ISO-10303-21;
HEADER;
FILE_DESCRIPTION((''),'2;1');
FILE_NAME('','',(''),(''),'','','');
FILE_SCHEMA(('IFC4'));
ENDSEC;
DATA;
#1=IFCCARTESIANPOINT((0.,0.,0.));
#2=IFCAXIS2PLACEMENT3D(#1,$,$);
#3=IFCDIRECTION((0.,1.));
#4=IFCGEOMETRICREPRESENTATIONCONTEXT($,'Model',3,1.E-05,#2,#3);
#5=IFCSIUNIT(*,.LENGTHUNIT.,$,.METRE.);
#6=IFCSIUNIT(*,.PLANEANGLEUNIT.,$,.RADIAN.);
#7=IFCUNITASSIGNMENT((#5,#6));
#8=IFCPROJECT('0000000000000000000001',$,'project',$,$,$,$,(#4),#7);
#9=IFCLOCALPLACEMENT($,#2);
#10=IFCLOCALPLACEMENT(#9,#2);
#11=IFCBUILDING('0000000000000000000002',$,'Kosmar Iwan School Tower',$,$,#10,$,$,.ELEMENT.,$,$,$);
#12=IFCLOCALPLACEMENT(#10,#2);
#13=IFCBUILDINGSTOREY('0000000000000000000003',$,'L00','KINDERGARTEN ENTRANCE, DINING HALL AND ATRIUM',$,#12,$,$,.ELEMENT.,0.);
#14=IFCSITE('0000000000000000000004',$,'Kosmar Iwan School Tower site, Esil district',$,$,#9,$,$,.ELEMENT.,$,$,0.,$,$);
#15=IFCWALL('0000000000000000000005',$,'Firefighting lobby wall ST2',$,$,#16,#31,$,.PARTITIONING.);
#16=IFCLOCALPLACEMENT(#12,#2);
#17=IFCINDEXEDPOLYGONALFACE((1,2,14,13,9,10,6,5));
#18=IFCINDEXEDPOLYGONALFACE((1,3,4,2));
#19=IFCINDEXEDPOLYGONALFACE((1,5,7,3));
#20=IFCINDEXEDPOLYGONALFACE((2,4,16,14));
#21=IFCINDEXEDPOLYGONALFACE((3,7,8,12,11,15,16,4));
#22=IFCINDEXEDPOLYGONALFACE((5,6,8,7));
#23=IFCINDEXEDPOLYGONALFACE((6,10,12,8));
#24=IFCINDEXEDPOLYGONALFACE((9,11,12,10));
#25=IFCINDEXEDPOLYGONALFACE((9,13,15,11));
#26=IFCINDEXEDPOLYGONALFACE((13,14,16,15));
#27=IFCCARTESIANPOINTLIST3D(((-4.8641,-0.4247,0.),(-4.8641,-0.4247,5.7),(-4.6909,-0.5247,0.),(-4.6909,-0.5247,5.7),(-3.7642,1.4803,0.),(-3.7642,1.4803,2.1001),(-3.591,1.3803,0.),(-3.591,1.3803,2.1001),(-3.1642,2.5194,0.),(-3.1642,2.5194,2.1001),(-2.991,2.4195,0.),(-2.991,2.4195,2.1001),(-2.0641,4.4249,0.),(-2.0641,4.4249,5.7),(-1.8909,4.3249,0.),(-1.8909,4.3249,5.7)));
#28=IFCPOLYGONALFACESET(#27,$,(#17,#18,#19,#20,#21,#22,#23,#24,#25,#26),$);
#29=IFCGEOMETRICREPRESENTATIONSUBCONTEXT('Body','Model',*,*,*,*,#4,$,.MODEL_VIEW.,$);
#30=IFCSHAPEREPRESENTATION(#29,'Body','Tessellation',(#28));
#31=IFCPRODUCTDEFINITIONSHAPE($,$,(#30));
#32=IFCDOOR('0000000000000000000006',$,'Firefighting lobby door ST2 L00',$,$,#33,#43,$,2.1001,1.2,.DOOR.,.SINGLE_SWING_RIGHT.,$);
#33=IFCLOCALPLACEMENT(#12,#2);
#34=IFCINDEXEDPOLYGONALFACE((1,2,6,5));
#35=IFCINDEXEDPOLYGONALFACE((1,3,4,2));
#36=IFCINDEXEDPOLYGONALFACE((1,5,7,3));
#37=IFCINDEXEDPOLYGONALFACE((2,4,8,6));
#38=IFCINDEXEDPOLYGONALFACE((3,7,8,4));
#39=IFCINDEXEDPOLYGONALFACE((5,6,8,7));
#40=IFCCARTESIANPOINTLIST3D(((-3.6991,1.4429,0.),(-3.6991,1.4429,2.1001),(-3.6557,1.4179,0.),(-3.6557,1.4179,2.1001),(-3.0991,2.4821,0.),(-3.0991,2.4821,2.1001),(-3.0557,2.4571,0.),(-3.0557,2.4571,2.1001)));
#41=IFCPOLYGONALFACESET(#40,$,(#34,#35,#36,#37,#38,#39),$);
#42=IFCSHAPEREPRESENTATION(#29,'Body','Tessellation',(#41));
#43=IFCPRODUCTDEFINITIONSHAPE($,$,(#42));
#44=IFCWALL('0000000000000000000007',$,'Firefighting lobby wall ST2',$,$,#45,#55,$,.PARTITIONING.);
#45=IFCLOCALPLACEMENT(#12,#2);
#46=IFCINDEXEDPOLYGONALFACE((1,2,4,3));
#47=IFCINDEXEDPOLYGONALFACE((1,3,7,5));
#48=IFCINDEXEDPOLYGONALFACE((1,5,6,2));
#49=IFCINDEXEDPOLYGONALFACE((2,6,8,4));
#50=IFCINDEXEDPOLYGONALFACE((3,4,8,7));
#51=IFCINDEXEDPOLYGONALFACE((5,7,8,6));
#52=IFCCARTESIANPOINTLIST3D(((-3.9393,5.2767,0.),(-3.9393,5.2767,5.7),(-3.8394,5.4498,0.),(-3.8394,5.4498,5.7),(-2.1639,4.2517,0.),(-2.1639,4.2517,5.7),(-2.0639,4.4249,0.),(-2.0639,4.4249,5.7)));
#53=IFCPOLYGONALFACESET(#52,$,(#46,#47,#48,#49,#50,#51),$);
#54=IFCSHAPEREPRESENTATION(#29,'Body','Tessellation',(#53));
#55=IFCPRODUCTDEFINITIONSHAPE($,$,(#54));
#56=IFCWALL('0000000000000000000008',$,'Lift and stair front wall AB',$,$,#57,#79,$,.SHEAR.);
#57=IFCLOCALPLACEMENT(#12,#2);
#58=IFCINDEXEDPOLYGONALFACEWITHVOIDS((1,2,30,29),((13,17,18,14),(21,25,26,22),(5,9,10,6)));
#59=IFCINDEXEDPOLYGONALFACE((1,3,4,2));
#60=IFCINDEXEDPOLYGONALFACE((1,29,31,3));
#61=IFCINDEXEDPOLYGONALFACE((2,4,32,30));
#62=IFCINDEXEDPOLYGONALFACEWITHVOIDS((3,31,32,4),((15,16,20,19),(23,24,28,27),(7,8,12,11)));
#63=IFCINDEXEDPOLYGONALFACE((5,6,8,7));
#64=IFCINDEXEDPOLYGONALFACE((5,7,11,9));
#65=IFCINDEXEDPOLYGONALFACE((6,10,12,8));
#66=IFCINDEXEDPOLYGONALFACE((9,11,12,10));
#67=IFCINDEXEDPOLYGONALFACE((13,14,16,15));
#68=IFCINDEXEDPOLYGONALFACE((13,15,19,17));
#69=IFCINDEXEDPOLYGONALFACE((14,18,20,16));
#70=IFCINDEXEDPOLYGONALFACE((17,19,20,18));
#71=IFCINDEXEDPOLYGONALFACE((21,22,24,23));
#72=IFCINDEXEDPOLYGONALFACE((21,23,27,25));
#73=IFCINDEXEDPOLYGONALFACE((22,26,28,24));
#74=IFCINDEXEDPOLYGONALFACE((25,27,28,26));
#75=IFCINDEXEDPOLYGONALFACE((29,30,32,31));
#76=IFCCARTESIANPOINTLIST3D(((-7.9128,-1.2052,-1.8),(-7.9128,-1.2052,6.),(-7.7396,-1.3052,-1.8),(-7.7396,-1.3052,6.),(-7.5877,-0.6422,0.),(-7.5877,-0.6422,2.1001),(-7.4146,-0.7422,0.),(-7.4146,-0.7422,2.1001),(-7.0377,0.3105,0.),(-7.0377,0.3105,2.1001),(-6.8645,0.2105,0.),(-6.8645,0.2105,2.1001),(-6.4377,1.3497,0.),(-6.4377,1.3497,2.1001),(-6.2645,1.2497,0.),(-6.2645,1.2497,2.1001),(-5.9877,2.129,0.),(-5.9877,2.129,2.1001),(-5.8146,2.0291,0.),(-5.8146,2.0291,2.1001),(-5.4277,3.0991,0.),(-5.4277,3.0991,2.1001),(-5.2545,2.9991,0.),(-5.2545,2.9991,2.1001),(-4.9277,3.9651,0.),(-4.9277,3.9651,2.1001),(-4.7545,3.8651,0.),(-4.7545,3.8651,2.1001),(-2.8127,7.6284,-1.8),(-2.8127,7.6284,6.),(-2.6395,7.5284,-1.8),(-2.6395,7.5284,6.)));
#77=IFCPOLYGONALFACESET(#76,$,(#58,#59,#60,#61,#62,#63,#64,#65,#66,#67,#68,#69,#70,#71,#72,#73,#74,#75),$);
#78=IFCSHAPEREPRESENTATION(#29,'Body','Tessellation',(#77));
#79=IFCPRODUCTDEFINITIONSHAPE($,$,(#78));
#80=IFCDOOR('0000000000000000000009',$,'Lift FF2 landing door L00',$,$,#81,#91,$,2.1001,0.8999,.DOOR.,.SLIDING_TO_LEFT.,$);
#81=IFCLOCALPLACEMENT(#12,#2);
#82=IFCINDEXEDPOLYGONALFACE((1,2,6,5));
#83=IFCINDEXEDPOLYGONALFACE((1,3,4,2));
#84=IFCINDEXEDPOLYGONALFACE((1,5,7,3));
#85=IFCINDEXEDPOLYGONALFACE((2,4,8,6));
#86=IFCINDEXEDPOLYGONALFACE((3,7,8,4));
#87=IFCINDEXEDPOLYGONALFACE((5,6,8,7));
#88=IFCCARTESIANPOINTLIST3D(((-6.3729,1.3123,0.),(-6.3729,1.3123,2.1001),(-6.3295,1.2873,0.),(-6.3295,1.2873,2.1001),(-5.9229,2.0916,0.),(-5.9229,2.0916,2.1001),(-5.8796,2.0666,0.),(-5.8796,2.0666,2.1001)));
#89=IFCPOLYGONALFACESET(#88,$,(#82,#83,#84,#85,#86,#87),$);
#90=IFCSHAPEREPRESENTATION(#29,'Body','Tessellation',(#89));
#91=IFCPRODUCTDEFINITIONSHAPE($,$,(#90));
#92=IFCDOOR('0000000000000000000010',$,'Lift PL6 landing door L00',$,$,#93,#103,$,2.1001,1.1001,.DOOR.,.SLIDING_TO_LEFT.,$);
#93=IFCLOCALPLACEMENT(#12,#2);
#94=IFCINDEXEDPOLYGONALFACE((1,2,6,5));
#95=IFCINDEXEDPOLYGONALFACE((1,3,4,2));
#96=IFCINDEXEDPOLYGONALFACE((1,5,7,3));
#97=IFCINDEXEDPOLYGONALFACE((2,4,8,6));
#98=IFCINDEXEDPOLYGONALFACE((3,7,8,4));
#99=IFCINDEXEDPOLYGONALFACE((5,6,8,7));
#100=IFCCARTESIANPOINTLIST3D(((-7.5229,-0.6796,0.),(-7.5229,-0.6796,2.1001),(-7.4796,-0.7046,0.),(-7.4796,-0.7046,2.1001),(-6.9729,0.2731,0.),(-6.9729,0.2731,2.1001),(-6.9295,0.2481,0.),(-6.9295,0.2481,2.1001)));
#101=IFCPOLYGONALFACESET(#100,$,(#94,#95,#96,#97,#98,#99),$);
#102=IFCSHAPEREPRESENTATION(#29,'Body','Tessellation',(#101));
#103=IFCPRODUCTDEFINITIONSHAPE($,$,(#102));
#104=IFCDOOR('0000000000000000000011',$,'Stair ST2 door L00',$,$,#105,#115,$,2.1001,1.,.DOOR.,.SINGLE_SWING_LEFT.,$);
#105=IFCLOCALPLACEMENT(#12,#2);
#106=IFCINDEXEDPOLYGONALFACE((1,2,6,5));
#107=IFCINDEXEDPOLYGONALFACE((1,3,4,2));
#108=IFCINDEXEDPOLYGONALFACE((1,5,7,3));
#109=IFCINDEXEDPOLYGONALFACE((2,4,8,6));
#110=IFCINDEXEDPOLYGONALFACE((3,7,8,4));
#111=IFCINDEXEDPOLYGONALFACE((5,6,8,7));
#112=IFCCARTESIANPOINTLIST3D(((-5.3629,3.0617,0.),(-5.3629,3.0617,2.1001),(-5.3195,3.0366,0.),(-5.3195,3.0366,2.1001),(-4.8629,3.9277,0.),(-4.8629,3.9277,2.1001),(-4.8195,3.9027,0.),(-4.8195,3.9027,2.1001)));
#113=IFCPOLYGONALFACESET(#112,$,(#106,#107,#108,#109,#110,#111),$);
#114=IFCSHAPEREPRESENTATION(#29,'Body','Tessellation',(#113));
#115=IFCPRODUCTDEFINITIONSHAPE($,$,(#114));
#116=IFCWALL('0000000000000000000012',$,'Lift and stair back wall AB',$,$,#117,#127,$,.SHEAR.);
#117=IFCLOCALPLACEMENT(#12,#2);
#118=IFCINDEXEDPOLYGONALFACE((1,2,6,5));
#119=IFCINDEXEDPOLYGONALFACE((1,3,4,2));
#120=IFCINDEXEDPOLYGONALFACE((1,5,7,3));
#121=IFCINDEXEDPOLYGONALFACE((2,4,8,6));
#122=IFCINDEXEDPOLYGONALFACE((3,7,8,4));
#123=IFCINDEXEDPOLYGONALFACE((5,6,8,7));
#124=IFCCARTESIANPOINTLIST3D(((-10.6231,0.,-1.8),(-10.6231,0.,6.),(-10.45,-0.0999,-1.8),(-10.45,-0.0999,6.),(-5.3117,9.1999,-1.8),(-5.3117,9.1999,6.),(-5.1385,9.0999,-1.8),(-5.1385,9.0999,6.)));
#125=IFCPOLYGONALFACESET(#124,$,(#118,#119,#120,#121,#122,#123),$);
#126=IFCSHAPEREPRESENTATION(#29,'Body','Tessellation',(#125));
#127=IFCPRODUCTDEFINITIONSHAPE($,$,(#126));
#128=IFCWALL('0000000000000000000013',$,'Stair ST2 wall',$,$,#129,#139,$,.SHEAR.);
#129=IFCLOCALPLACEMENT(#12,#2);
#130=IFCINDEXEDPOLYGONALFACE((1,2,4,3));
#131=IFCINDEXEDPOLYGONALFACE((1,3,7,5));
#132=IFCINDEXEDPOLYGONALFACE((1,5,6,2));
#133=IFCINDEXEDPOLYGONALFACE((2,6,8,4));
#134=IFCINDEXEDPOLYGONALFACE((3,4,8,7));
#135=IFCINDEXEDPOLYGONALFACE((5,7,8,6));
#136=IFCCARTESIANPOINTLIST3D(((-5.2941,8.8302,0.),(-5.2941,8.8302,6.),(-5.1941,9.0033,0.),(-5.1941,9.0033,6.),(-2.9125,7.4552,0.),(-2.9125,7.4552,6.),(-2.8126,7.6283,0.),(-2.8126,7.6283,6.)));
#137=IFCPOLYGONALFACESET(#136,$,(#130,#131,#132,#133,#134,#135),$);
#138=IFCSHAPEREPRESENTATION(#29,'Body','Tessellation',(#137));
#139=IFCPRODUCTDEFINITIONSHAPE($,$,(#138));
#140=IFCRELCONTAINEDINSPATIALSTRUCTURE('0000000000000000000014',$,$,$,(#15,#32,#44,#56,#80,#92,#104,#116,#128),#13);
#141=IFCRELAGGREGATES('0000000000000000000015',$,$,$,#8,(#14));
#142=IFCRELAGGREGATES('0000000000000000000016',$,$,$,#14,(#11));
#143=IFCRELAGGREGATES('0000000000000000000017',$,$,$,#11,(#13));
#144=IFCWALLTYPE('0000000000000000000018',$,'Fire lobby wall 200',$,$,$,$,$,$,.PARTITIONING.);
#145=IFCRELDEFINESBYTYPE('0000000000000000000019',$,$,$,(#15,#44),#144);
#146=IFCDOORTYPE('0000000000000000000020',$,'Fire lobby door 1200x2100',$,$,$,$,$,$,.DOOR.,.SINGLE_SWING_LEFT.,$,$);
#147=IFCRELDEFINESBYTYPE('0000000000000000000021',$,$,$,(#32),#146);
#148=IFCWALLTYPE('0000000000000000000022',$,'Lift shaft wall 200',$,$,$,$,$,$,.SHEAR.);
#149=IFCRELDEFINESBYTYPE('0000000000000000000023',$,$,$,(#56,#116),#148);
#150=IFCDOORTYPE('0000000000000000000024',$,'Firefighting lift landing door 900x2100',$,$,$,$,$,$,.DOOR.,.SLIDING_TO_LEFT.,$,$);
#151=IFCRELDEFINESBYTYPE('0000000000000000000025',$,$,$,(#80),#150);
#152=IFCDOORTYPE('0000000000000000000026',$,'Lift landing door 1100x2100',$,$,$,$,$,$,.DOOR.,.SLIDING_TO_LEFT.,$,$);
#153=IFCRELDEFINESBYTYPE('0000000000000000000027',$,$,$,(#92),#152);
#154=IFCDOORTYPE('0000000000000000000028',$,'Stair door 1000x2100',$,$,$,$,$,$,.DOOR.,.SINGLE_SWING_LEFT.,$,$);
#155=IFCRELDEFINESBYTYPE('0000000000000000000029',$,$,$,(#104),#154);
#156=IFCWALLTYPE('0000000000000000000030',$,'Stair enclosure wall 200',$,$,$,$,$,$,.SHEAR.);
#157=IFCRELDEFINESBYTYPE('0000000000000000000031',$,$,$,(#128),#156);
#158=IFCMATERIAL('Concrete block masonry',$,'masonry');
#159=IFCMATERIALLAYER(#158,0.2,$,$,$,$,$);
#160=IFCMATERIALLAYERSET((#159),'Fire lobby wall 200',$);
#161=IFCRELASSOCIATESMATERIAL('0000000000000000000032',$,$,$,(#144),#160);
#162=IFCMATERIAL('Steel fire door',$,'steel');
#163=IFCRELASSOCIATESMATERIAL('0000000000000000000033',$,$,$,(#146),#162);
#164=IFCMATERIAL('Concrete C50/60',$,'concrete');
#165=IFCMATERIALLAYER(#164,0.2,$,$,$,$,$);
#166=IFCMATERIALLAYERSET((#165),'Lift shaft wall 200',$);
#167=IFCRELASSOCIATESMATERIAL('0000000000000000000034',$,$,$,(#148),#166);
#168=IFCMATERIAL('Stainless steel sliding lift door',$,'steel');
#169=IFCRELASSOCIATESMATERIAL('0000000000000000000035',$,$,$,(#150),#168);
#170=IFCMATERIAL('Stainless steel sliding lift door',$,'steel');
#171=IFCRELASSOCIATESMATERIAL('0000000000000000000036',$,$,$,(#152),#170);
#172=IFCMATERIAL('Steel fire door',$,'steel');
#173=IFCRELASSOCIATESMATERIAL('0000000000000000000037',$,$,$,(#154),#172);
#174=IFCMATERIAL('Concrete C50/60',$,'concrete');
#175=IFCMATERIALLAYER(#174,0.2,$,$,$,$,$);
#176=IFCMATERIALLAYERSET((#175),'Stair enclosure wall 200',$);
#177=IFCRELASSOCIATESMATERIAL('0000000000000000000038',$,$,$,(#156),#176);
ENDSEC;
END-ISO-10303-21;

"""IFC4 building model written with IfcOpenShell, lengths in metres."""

from ifc_helpers import new_model, si_unit, direction, frame, frame_2d, origin, place, context, subcontext, project, spatial, rectangle, extrude, material, layer, layer_set, type_object, element, fill, save


model = new_model("IFC4")

# Units and contexts
model_context = context("Model", 3, precision=1e-05, world=origin(), true_north=direction((0.0, 1.0)))
body_context = subcontext(model_context, "Body", "Model", "MODEL_VIEW")
ifc_project = project(units=[si_unit("LENGTHUNIT", "METRE"), si_unit("PLANEANGLEUNIT", "RADIAN")], contexts=[model_context])

# Site, building, storey
site_placement = place(None, origin())
site = spatial("IfcSite", under=ifc_project, at=site_placement, Name="Kosmar Iwan School Tower site, Esil district", CompositionType="ELEMENT", RefElevation=0.0)
building_placement = place(site_placement, origin())
building = spatial("IfcBuilding", under=site, at=building_placement, Name="Kosmar Iwan School Tower", CompositionType="ELEMENT")
storey_placement = place(building_placement, origin())
storey = spatial("IfcBuildingStorey", under=building, at=storey_placement, Name="L00", Description="KINDERGARTEN ENTRANCE, DINING HALL AND ATRIUM", CompositionType="ELEMENT", Elevation=0.0)

# Wall, opening, door
ifc_material_1 = material(Name="Concrete block masonry", Category="masonry")
ifc_layer_1 = layer(ifc_material_1, 0.2)
ifc_layer_set_1 = layer_set([ifc_layer_1], Name="Fire lobby wall 200")
wall_type_1 = type_object("IfcWallType", Name="Fire lobby wall 200", PredefinedType="PARTITIONING", material=ifc_layer_set_1)
wall_1_placement = place(storey_placement, frame((-1.9775, 4.3748, 0.0), z_axis=(0.0, 0.0, 1.0), x_axis=(-0.500017, -0.866016, 0.0)))
wall_1 = element("IfcWall", 1, at=wall_1_placement, inside=storey, type_object=wall_type_1, Name="Firefighting lobby wall ST2", PredefinedType="PARTITIONING", context=body_context, shape_type="SweptSolid", body=[
    extrude(rectangle(XDim=5.5999, YDim=0.2, at=frame_2d((2.7998, 0.0))), origin(), (0.0, 0.0, 1.0), 5.7),
])
opening_1_placement = place(wall_1_placement, frame((2.2, 0.0, 0.0)))
opening_1 = element("IfcOpeningElement", 2, at=opening_1_placement, cuts=wall_1, PredefinedType="OPENING", context=body_context, shape_type="SweptSolid", body=[
    extrude(rectangle(XDim=1.2, YDim=2.1001, at=frame_2d((0.6001, 1.05))), frame((0.0, 0.1121, 0.0), z_axis=(0.0, -1.0, 0.0), x_axis=(1.0, 0.0, 0.0)), (0.0, 0.0, 1.0), 0.2239),
])
ifc_material_2 = material(Name="Steel fire door", Category="steel")
door_type_1 = type_object("IfcDoorType", Name="Fire lobby door 1200x2100", OperationType="SINGLE_SWING_LEFT", PredefinedType="DOOR", material=ifc_material_2)
door_1_placement = place(opening_1_placement, frame((1.2, 0.0, 0.0), z_axis=(0.0, 0.0, 1.0), x_axis=(-1.0, 0.0, 0.0)))
door_1 = element("IfcDoor", 3, at=door_1_placement, inside=storey, type_object=door_type_1, Name="Firefighting lobby door ST2 L00", OperationType="SINGLE_SWING_RIGHT", OverallHeight=2.1001, OverallWidth=1.2, PredefinedType="DOOR", context=body_context, shape_type="SweptSolid", body=[
    extrude(rectangle(XDim=1.2, YDim=2.1001, at=frame_2d((0.6001, 1.05))), frame((0.0, 0.0249, 0.0), z_axis=(0.0, -1.0, 0.0), x_axis=(1.0, 0.0, 0.0)), (0.0, 0.0, 1.0), 0.05),
])
fill(opening_1, door_1)

# Wall
wall_2_placement = place(storey_placement, frame((-2.114, 4.3384, 0.0), z_axis=(0.0, 0.0, 1.0), x_axis=(-0.866051, 0.499956, 0.0)))
element("IfcWall", 4, at=wall_2_placement, inside=storey, type_object=wall_type_1, Name="Firefighting lobby wall ST2", PredefinedType="PARTITIONING", context=body_context, shape_type="SweptSolid", body=[
    extrude(rectangle(XDim=2.05, YDim=0.2, at=frame_2d((1.0249, 0.0))), origin(), (0.0, 0.0, 1.0), 5.7),
])

# Wall, openings, doors
ifc_material_3 = material(Name="Concrete C50/60", Category="concrete")
ifc_layer_2 = layer(ifc_material_3, 0.2)
ifc_layer_set_2 = layer_set([ifc_layer_2], Name="Lift shaft wall 200")
wall_type_2 = type_object("IfcWallType", Name="Lift shaft wall 200", PredefinedType="SHEAR", material=ifc_layer_set_2)
wall_3_placement = place(storey_placement, frame((-2.7261, 7.5784, -1.8), z_axis=(0.0, 0.0, 1.0), x_axis=(-0.500006, -0.866022, 0.0)))
wall_3 = element("IfcWall", 5, at=wall_3_placement, inside=storey, type_object=wall_type_2, Name="Lift and stair front wall AB", PredefinedType="SHEAR", context=body_context, shape_type="SweptSolid", body=[
    extrude(rectangle(XDim=10.2002, YDim=0.2, at=frame_2d((5.1001, 0.0))), origin(), (0.0, 0.0, 1.0), 7.8),
])
opening_2_placement = place(wall_3_placement, frame((6.3501, 0.0, 1.8)))
opening_2 = element("IfcOpeningElement", 6, at=opening_2_placement, cuts=wall_3, PredefinedType="OPENING", context=body_context, shape_type="SweptSolid", body=[
    extrude(rectangle(XDim=0.8999, YDim=2.1001, at=frame_2d((0.45, 1.05))), frame((0.0, 0.1121, 0.0), z_axis=(0.0, -1.0, 0.0), x_axis=(1.0, 0.0, 0.0)), (0.0, 0.0, 1.0), 0.2239),
])
opening_3_placement = place(wall_3_placement, frame((8.45, 0.0, 1.8)))
opening_3 = element("IfcOpeningElement", 7, at=opening_3_placement, cuts=wall_3, PredefinedType="OPENING", context=body_context, shape_type="SweptSolid", body=[
    extrude(rectangle(XDim=1.1001, YDim=2.1001, at=frame_2d((0.55, 1.05))), frame((0.0, 0.1121, 0.0), z_axis=(0.0, -1.0, 0.0), x_axis=(1.0, 0.0, 0.0)), (0.0, 0.0, 1.0), 0.2239),
])
opening_4_placement = place(wall_3_placement, frame((4.23, 0.0, 1.8)))
opening_4 = element("IfcOpeningElement", 8, at=opening_4_placement, cuts=wall_3, PredefinedType="OPENING", context=body_context, shape_type="SweptSolid", body=[
    extrude(rectangle(XDim=1.0, YDim=2.1001, at=frame_2d((0.5, 1.05))), frame((0.0, 0.1121, 0.0), z_axis=(0.0, -1.0, 0.0), x_axis=(1.0, 0.0, 0.0)), (0.0, 0.0, 1.0), 0.2239),
])
ifc_material_4 = material(Name="Stainless steel sliding lift door", Category="steel")
door_type_2 = type_object("IfcDoorType", Name="Firefighting lift landing door 900x2100", OperationType="SLIDING_TO_LEFT", PredefinedType="DOOR", material=ifc_material_4)
door_2_placement = place(opening_2_placement, origin())
door_2 = element("IfcDoor", 9, at=door_2_placement, inside=storey, type_object=door_type_2, Name="Lift FF2 landing door L00", OperationType="SLIDING_TO_LEFT", OverallHeight=2.1001, OverallWidth=0.8999, PredefinedType="DOOR", context=body_context, shape_type="SweptSolid", body=[
    extrude(rectangle(XDim=0.8999, YDim=2.1001, at=frame_2d((0.45, 1.05))), frame((0.0, 0.0249, 0.0), z_axis=(0.0, -1.0, 0.0), x_axis=(1.0, 0.0, 0.0)), (0.0, 0.0, 1.0), 0.05),
])
fill(opening_2, door_2)
ifc_material_5 = material(Name="Stainless steel sliding lift door", Category="steel")
door_type_3 = type_object("IfcDoorType", Name="Lift landing door 1100x2100", OperationType="SLIDING_TO_LEFT", PredefinedType="DOOR", material=ifc_material_5)
door_3_placement = place(opening_3_placement, origin())
door_3 = element("IfcDoor", 10, at=door_3_placement, inside=storey, type_object=door_type_3, Name="Lift PL6 landing door L00", OperationType="SLIDING_TO_LEFT", OverallHeight=2.1001, OverallWidth=1.1001, PredefinedType="DOOR", context=body_context, shape_type="SweptSolid", body=[
    extrude(rectangle(XDim=1.1001, YDim=2.1001, at=frame_2d((0.55, 1.05))), frame((0.0, 0.0249, 0.0), z_axis=(0.0, -1.0, 0.0), x_axis=(1.0, 0.0, 0.0)), (0.0, 0.0, 1.0), 0.05),
])
fill(opening_3, door_3)
ifc_material_6 = material(Name="Steel fire door", Category="steel")
door_type_4 = type_object("IfcDoorType", Name="Stair door 1000x2100", OperationType="SINGLE_SWING_LEFT", PredefinedType="DOOR", material=ifc_material_6)
door_4_placement = place(opening_4_placement, origin())
door_4 = element("IfcDoor", 11, at=door_4_placement, inside=storey, type_object=door_type_4, Name="Stair ST2 door L00", OperationType="SINGLE_SWING_LEFT", OverallHeight=2.1001, OverallWidth=1.0, PredefinedType="DOOR", context=body_context, shape_type="SweptSolid", body=[
    extrude(rectangle(XDim=1.0, YDim=2.1001, at=frame_2d((0.5, 1.05))), frame((0.0, 0.0249, 0.0), z_axis=(0.0, -1.0, 0.0), x_axis=(1.0, 0.0, 0.0)), (0.0, 0.0, 1.0), 0.05),
])
fill(opening_4, door_4)

# Walls
wall_4_placement = place(storey_placement, frame((-5.2251, 9.1499, -1.8), z_axis=(0.0, 0.0, 1.0), x_axis=(-0.499995, -0.866028, 0.0)))
element("IfcWall", 12, at=wall_4_placement, inside=storey, type_object=wall_type_2, Name="Lift and stair back wall AB", PredefinedType="SHEAR", context=body_context, shape_type="SweptSolid", body=[
    extrude(rectangle(XDim=10.623, YDim=0.2, at=frame_2d((5.3115, 0.0))), origin(), (0.0, 0.0, 1.0), 7.8),
])
ifc_material_7 = material(Name="Concrete C50/60", Category="concrete")
ifc_layer_3 = layer(ifc_material_7, 0.2)
ifc_layer_set_3 = layer_set([ifc_layer_3], Name="Stair enclosure wall 200")
wall_type_3 = type_object("IfcWallType", Name="Stair enclosure wall 200", PredefinedType="SHEAR", material=ifc_layer_set_3)
wall_5_placement = place(storey_placement, frame((-2.8625, 7.5417, 0.0), z_axis=(0.0, 0.0, 1.0), x_axis=(-0.866027, 0.499997, 0.0)))
element("IfcWall", 13, at=wall_5_placement, inside=storey, type_object=wall_type_3, Name="Stair ST2 wall", PredefinedType="SHEAR", context=body_context, shape_type="SweptSolid", body=[
    extrude(rectangle(XDim=2.75, YDim=0.2, at=frame_2d((1.375, 0.0))), origin(), (0.0, 0.0, 1.0), 6.0),
])

save(model, "model.ifc")
